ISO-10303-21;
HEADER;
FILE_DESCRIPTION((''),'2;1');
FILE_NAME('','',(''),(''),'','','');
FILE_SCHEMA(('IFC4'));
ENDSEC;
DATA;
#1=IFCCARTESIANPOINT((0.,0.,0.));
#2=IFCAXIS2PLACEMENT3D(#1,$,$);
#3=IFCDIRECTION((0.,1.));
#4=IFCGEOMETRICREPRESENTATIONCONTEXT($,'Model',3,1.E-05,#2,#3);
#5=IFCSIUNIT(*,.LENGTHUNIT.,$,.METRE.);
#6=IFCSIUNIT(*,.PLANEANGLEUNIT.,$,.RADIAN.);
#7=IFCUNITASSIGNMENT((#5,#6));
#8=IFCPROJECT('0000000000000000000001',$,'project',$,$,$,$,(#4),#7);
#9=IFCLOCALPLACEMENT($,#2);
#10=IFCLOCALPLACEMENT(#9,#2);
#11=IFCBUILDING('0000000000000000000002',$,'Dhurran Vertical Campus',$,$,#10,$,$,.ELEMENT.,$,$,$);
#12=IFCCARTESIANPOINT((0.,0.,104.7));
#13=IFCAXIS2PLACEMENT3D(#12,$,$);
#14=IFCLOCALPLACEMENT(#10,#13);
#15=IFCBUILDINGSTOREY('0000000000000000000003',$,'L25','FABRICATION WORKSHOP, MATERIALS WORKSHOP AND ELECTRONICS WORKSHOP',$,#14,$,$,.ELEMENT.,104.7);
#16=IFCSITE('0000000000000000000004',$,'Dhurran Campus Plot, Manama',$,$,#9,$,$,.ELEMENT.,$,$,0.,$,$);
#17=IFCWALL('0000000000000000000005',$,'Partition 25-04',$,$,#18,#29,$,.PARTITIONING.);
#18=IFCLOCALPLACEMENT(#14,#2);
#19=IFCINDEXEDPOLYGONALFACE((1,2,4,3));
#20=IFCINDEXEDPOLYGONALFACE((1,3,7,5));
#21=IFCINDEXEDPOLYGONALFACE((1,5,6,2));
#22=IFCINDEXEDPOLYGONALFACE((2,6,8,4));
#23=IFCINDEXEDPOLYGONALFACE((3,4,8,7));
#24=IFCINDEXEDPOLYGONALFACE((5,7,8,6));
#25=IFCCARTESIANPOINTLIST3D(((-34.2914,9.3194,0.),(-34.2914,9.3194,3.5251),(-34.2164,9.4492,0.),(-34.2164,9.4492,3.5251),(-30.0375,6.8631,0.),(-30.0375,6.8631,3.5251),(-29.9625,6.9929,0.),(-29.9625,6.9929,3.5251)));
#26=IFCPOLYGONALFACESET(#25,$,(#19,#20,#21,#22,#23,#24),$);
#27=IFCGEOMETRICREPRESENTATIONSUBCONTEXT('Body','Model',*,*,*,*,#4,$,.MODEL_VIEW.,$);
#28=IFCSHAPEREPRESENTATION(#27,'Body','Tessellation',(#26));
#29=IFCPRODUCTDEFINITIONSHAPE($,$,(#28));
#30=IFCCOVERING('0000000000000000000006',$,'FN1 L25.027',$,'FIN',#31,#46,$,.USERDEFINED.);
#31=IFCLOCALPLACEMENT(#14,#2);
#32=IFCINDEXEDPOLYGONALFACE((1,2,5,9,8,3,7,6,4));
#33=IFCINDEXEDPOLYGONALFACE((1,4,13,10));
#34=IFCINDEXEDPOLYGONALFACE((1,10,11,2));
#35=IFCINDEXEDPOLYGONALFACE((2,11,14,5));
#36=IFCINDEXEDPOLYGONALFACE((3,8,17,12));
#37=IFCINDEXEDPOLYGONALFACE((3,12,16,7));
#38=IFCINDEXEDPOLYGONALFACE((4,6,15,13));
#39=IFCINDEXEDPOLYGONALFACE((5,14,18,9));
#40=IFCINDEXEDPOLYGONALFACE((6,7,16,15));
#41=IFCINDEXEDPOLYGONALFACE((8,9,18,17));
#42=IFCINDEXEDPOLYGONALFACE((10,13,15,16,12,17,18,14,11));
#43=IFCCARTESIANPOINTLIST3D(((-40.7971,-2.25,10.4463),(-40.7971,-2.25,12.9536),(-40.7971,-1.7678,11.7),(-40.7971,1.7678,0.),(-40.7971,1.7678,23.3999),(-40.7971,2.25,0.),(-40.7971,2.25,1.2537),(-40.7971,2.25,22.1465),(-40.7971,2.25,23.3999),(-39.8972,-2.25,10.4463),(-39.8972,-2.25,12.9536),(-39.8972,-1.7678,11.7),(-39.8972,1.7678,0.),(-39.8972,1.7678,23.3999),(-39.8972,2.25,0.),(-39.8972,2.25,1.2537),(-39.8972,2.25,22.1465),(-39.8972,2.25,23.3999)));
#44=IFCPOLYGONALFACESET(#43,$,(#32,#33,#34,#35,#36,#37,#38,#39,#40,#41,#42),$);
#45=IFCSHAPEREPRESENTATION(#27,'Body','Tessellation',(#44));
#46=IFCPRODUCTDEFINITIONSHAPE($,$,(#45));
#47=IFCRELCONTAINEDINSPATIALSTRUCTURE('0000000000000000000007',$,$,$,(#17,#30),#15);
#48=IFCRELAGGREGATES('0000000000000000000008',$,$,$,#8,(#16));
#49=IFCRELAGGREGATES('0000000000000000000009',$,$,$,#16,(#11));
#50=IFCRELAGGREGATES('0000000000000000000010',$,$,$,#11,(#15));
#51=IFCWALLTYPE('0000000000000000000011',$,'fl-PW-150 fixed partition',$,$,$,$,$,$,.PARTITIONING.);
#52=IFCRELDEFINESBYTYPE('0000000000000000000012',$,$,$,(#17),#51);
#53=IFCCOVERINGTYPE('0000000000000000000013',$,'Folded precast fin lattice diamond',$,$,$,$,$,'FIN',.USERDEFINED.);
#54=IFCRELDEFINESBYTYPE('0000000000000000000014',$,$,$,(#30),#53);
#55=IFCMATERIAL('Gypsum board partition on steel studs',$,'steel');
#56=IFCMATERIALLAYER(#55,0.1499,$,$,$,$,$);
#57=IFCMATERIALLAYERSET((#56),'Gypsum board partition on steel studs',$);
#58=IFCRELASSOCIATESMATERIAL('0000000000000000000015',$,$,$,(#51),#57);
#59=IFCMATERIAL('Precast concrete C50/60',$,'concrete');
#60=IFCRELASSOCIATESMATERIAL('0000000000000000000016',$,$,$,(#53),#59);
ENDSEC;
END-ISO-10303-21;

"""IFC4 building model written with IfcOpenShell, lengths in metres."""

from ifc_helpers import new_model, si_unit, direction, frame, frame_2d, origin, place, context, subcontext, project, spatial, polyline, rectangle, outline, extrude, material, layer, layer_set, type_object, element, save


model = new_model("IFC4")

# Units and contexts
model_context = context("Model", 3, precision=1e-05, world=origin(), true_north=direction((0.0, 1.0)))
body_context = subcontext(model_context, "Body", "Model", "MODEL_VIEW")
ifc_project = project(units=[si_unit("LENGTHUNIT", "METRE"), si_unit("PLANEANGLEUNIT", "RADIAN")], contexts=[model_context])

# Site, building, storey
site_placement = place(None, origin())
site = spatial("IfcSite", under=ifc_project, at=site_placement, Name="Dhurran Campus Plot, Manama", CompositionType="ELEMENT", RefElevation=0.0)
building_placement = place(site_placement, origin())
building = spatial("IfcBuilding", under=site, at=building_placement, Name="Dhurran Vertical Campus", CompositionType="ELEMENT")
storey_placement = place(building_placement, frame((0.0, 0.0, 104.7)))
storey = spatial("IfcBuildingStorey", under=building, at=storey_placement, Name="L25", Description="FABRICATION WORKSHOP, MATERIALS WORKSHOP AND ELECTRONICS WORKSHOP", CompositionType="ELEMENT", Elevation=104.7)

# Wall
ifc_material_1 = material(Name="Gypsum board partition on steel studs", Category="steel")
ifc_layer_1 = layer(ifc_material_1, 0.1499)
ifc_layer_set_1 = layer_set([ifc_layer_1], Name="Gypsum board partition on steel studs")
wall_type_1 = type_object("IfcWallType", Name="fl-PW-150 fixed partition", PredefinedType="PARTITIONING", material=ifc_layer_set_1)
wall_1_placement = place(storey_placement, frame((-34.2539, 9.3843, 0.0), z_axis=(0.0, 0.0, 1.0), x_axis=(0.865999, -0.500047, 0.0)))
element("IfcWall", 1, at=wall_1_placement, inside=storey, type_object=wall_type_1, Name="Partition 25-04", PredefinedType="PARTITIONING", context=body_context, shape_type="SweptSolid", body=[
    extrude(rectangle(XDim=4.9121, YDim=0.1499, at=frame_2d((2.4561, 0.0))), origin(), (0.0, 0.0, 1.0), 3.5251),
])

# Covering
ifc_material_2 = material(Name="Precast concrete C50/60", Category="concrete")
covering_type = type_object("IfcCoveringType", Name="Folded precast fin lattice diamond", ElementType="FIN", PredefinedType="USERDEFINED", material=ifc_material_2)
covering_1_placement = place(storey_placement, frame((-39.8972, 2.25, 0.0), z_axis=(-1.0, 0.0, 0.0), x_axis=(0.0, -1.0, 0.0)))
element("IfcCovering", 2, at=covering_1_placement, inside=storey, type_object=covering_type, Name="FN1 L25.027", ObjectType="FIN", PredefinedType="USERDEFINED", context=body_context, shape_type="SweptSolid", body=[
    extrude(outline(polyline([(4.5, 10.4463), (0.4822, 0.0), (0.0, 0.0), (0.0, 1.2537), (4.0178, 11.7), (0.0, 22.1465), (0.0, 23.3999), (0.4822, 23.3999), (4.5, 12.9536), (4.5, 10.4463)])), origin(), (0.0, 0.0, 1.0), 0.8999),
])

save(model, "model.ifc")
